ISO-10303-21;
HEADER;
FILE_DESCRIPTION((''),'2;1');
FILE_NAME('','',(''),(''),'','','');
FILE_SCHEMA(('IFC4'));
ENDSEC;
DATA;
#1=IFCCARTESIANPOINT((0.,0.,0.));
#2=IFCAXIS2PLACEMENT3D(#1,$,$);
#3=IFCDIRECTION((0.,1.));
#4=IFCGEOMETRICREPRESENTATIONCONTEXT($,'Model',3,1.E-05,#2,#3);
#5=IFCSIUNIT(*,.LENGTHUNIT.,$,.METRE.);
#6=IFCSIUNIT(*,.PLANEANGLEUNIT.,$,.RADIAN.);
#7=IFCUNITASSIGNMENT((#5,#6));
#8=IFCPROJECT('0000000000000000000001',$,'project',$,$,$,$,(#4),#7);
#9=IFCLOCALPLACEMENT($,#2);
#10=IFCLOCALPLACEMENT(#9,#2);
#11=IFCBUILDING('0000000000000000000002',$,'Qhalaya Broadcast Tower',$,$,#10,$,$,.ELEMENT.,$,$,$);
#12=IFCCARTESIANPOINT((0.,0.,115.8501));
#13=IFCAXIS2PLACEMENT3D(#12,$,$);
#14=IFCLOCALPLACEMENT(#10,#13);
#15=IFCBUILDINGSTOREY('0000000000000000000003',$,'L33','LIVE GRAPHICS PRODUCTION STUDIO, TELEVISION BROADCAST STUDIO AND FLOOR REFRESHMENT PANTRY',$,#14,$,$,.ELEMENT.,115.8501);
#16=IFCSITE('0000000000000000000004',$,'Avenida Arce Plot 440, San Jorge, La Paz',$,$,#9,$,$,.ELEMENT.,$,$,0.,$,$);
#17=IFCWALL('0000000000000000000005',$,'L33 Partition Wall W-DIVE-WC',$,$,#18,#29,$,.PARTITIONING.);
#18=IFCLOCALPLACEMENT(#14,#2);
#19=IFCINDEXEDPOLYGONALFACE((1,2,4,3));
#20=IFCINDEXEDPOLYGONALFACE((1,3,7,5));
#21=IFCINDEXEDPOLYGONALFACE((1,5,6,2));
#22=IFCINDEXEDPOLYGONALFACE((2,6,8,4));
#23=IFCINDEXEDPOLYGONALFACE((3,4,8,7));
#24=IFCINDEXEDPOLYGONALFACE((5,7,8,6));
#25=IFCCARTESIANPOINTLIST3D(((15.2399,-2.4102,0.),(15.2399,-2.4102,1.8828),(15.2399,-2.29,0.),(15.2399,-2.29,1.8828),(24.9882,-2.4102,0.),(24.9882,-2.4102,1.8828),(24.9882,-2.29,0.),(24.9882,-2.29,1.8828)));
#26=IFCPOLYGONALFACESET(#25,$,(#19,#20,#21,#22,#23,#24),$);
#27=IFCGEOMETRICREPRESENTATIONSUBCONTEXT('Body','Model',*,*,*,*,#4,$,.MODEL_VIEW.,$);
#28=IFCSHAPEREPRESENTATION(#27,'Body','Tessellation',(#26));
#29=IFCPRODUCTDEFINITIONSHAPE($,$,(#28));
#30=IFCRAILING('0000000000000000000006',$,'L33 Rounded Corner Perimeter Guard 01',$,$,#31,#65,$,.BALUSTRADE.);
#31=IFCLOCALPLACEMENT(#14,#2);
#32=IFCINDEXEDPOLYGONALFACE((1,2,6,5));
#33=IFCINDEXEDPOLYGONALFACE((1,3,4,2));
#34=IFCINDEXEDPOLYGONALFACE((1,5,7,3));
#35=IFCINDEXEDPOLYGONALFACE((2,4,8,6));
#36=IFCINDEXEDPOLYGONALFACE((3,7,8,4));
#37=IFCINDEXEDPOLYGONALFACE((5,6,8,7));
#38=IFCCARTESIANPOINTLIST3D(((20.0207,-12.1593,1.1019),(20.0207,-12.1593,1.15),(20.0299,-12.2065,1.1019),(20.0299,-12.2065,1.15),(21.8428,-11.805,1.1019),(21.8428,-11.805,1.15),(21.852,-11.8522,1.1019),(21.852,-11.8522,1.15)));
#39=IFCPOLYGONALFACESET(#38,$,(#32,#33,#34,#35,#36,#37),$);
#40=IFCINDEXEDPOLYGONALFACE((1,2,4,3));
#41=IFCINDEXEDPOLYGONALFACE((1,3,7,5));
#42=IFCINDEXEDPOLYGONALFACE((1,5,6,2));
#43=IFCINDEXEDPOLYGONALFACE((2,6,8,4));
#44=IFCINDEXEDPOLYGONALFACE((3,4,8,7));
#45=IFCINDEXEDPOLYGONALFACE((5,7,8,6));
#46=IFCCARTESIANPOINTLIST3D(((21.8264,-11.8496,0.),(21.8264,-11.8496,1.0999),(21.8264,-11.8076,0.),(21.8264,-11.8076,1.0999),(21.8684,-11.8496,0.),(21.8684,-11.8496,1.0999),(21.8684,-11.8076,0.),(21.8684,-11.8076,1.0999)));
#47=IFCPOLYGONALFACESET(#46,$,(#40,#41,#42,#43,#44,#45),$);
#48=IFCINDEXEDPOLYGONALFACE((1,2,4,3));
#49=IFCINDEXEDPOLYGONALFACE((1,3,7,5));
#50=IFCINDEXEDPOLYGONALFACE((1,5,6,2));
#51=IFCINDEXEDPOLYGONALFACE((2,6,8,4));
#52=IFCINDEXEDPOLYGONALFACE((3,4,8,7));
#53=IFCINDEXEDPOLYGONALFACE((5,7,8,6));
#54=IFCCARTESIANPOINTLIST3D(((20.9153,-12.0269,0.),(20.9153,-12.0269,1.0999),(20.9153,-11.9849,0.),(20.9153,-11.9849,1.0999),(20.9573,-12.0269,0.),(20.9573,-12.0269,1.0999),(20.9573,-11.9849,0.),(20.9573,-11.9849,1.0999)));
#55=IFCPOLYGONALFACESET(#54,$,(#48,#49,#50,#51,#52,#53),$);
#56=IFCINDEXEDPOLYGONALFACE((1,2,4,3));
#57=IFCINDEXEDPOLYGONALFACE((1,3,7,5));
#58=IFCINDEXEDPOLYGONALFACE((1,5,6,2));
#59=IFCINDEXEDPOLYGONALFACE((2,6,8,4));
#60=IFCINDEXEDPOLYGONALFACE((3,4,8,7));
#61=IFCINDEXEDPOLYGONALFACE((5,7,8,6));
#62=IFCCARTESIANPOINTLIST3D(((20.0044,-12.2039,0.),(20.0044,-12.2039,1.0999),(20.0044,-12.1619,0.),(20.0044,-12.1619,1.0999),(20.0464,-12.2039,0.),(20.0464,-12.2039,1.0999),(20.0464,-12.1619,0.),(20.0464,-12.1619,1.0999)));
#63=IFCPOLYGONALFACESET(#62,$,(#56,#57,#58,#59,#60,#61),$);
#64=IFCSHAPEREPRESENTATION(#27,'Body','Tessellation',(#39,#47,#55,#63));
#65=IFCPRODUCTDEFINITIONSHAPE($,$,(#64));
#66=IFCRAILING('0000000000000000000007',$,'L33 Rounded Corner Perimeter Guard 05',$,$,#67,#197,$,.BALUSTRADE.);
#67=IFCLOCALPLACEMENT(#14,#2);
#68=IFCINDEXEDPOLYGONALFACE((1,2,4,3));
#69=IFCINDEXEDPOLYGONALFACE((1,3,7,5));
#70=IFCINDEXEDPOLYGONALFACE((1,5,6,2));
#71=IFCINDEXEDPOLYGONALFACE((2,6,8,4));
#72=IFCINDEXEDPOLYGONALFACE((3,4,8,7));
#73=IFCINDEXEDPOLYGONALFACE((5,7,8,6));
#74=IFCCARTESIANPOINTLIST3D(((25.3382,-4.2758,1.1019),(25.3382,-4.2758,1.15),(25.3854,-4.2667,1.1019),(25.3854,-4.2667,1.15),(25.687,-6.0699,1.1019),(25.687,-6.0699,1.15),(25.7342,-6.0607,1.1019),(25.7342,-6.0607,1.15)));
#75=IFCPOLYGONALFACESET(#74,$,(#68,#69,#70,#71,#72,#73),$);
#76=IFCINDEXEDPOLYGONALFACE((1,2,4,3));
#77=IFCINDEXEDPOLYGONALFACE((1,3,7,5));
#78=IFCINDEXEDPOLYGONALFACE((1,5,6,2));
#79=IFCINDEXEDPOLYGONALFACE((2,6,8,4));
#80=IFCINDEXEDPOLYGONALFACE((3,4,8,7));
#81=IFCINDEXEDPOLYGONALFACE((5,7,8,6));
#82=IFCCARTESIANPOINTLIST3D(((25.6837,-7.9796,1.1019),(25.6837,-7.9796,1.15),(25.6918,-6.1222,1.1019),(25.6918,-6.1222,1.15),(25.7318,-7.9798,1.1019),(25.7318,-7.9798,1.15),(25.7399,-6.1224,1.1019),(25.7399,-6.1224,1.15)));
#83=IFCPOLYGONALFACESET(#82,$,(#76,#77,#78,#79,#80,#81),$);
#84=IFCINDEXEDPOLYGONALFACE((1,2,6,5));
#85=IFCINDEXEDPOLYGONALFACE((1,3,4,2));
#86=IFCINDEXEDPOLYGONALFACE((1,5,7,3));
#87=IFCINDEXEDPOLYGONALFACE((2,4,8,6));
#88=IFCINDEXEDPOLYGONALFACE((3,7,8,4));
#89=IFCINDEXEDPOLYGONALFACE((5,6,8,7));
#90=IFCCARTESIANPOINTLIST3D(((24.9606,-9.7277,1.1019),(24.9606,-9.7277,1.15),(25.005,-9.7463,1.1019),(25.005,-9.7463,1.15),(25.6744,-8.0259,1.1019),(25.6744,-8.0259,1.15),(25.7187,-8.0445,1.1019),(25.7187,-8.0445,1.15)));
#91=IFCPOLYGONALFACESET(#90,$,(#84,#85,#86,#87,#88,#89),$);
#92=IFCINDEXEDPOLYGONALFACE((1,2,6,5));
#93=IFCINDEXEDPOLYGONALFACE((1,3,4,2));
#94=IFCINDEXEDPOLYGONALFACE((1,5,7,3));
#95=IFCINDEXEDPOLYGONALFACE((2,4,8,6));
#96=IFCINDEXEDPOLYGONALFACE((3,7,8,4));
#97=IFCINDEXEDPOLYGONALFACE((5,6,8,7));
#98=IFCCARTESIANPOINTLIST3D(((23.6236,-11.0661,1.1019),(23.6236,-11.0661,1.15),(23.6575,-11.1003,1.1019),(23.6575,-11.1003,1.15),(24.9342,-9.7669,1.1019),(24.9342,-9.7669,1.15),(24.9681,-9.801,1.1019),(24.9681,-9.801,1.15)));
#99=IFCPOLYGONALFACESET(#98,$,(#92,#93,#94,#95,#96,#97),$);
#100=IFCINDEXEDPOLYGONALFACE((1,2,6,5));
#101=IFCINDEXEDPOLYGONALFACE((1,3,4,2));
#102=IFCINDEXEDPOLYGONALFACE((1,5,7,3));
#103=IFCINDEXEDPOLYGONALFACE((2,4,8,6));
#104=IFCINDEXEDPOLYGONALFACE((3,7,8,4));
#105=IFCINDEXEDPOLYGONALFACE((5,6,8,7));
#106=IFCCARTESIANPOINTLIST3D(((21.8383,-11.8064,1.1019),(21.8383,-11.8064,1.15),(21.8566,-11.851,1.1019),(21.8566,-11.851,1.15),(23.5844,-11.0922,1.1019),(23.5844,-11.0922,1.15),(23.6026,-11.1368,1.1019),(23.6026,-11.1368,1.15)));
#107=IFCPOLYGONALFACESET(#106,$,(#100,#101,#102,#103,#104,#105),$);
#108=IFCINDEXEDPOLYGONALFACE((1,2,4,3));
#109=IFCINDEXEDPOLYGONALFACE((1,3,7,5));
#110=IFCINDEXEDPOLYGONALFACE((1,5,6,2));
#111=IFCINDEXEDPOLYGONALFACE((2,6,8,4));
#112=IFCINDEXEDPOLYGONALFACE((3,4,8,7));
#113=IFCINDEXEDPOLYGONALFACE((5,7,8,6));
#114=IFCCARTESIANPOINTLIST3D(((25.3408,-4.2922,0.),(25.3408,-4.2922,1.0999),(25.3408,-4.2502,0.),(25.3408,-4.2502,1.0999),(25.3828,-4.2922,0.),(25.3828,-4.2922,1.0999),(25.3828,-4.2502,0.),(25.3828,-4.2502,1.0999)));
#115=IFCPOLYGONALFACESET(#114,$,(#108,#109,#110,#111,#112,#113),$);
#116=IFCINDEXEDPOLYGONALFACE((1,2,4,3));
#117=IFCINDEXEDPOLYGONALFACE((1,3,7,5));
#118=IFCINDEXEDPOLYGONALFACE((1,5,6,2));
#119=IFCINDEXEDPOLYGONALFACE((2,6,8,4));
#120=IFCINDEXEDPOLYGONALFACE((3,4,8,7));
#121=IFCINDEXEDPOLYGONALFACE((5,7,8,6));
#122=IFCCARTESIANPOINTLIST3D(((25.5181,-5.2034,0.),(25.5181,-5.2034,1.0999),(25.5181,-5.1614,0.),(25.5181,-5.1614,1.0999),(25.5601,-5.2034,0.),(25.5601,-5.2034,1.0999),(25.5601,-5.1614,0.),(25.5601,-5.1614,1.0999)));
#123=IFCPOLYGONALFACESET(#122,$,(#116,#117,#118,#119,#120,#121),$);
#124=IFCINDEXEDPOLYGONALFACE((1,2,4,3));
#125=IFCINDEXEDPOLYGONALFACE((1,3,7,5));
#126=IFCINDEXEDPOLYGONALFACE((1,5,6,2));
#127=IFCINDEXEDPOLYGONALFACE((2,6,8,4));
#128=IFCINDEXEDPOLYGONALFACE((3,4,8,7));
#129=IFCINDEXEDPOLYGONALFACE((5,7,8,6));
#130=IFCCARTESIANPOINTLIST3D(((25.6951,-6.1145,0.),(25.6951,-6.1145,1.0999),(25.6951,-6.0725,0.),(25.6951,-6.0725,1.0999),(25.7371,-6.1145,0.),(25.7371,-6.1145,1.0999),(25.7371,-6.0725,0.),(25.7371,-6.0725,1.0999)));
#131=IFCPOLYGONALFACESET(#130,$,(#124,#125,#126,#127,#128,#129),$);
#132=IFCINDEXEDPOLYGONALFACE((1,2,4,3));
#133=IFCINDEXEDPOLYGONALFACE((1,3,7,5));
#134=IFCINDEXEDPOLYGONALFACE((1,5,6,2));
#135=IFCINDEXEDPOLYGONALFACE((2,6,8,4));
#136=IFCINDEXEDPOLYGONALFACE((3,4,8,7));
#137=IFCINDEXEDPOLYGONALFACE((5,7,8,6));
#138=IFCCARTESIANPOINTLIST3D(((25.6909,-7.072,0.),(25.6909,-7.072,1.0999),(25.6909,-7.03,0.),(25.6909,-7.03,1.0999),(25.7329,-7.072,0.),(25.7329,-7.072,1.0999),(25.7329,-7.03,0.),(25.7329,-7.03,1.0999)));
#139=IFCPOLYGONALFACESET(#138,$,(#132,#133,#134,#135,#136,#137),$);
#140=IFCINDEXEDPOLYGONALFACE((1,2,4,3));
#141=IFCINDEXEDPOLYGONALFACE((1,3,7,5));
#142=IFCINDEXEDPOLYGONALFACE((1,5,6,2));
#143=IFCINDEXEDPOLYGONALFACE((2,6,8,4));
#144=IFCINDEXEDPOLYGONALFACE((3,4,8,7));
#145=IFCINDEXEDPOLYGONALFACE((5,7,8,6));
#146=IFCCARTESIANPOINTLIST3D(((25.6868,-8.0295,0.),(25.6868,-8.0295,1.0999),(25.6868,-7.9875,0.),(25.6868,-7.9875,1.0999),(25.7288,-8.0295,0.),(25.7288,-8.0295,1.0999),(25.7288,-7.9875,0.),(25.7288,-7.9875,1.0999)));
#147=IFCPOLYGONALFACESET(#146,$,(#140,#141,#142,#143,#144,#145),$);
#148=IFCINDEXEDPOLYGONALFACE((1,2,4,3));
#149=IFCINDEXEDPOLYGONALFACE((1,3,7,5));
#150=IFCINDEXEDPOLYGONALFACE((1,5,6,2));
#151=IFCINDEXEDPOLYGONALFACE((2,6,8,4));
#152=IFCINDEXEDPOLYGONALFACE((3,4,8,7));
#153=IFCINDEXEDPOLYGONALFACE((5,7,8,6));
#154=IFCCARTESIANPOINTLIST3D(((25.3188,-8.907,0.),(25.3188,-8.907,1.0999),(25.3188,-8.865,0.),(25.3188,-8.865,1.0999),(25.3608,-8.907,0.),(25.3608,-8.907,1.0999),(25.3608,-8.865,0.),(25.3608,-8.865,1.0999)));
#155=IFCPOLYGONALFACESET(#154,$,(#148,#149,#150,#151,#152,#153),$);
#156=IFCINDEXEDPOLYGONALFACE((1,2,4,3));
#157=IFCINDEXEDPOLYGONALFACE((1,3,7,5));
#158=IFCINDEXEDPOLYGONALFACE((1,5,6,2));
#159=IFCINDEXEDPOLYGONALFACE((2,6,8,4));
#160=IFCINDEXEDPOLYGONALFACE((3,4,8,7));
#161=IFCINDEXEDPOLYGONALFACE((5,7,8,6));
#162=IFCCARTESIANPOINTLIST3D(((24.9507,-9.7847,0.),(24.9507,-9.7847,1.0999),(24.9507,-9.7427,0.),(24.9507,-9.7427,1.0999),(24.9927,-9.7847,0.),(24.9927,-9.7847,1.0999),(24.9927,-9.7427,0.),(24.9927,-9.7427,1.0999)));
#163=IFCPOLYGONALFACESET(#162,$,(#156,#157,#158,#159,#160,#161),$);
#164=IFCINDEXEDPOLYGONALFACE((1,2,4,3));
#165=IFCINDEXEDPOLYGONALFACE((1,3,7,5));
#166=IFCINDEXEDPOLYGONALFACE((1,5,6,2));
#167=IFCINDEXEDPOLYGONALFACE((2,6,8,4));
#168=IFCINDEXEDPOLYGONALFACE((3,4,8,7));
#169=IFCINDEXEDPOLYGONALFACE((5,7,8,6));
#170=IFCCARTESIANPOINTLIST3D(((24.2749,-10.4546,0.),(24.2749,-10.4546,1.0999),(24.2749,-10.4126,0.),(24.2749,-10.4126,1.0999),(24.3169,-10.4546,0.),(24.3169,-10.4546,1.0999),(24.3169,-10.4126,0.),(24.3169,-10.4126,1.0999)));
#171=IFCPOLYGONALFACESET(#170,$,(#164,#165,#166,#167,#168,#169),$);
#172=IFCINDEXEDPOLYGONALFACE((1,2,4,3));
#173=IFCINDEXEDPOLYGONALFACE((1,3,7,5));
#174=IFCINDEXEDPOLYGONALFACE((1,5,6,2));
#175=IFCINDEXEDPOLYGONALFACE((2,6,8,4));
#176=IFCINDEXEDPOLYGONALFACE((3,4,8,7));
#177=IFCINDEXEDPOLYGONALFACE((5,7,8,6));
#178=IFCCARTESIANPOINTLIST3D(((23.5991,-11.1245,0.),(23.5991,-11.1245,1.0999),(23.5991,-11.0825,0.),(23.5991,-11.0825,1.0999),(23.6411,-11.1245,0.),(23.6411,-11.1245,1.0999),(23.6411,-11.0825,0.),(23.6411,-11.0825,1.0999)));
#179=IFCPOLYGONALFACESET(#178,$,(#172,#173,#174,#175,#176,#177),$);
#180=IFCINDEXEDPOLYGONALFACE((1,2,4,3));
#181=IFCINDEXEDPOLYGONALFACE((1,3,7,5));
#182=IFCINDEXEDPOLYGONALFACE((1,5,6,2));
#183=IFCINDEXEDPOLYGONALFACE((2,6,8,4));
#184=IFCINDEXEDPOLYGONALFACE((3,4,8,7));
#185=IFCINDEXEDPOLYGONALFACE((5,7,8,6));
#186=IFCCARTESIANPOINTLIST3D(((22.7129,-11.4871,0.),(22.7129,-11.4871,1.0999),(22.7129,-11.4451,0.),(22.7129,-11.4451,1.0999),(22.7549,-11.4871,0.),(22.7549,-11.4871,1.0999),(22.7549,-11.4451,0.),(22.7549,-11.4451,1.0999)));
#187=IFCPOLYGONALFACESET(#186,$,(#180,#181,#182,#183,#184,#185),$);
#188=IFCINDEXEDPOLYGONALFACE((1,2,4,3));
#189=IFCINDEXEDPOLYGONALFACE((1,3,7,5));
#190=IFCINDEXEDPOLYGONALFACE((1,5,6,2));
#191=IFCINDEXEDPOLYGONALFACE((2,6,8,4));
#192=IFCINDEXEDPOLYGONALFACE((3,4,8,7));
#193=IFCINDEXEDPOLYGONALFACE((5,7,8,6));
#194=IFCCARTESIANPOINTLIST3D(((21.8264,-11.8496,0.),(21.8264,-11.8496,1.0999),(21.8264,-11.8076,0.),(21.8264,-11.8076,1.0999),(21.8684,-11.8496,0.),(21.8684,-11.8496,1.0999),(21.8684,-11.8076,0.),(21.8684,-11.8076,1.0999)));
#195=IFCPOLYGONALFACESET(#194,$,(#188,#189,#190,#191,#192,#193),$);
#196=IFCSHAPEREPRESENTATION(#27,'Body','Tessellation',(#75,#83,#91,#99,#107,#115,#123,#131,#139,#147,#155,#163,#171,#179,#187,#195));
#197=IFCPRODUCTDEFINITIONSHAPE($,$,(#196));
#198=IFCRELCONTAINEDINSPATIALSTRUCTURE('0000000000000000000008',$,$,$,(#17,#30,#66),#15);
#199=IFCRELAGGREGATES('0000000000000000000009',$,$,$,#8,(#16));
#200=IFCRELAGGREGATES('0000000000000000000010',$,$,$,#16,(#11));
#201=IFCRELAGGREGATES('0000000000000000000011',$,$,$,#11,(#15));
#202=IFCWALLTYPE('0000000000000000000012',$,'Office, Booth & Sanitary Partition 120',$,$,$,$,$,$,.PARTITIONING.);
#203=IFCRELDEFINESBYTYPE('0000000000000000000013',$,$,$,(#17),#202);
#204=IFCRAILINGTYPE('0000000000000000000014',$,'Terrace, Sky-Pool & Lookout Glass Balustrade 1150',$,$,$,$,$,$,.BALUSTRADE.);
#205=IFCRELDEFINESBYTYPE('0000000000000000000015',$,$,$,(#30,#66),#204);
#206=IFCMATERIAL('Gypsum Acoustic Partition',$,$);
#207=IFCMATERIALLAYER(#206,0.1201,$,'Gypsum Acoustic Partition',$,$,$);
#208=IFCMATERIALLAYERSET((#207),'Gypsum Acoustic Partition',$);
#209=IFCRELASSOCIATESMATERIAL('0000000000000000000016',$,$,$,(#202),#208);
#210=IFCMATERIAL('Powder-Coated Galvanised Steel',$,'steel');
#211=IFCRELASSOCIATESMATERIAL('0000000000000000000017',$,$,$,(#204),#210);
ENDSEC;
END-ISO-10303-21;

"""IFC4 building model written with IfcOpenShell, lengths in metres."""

from ifc_helpers import new_model, si_unit, direction, frame, frame_2d, origin, origin_2d, place, context, subcontext, project, spatial, rectangle, extrude, material, layer, layer_set, type_object, element, save


model = new_model("IFC4")

# Units and contexts
model_context = context("Model", 3, precision=1e-05, world=origin(), true_north=direction((0.0, 1.0)))
body_context = subcontext(model_context, "Body", "Model", "MODEL_VIEW")
ifc_project = project(units=[si_unit("LENGTHUNIT", "METRE"), si_unit("PLANEANGLEUNIT", "RADIAN")], contexts=[model_context])

# Site, building, storey
site_placement = place(None, origin())
site = spatial("IfcSite", under=ifc_project, at=site_placement, Name="Avenida Arce Plot 440, San Jorge, La Paz", CompositionType="ELEMENT", RefElevation=0.0)
building_placement = place(site_placement, origin())
building = spatial("IfcBuilding", under=site, at=building_placement, Name="Qhalaya Broadcast Tower", CompositionType="ELEMENT")
storey_placement = place(building_placement, frame((0.0, 0.0, 115.8501)))
storey = spatial("IfcBuildingStorey", under=building, at=storey_placement, Name="L33", Description="LIVE GRAPHICS PRODUCTION STUDIO, TELEVISION BROADCAST STUDIO AND FLOOR REFRESHMENT PANTRY", CompositionType="ELEMENT", Elevation=115.8501)

# Wall
ifc_material_1 = material(Name="Gypsum Acoustic Partition")
ifc_layer_1 = layer(ifc_material_1, 0.1201, Name="Gypsum Acoustic Partition")
ifc_layer_set_1 = layer_set([ifc_layer_1], Name="Gypsum Acoustic Partition")
wall_type_1 = type_object("IfcWallType", Name="Office, Booth & Sanitary Partition 120", PredefinedType="PARTITIONING", material=ifc_layer_set_1)
wall_1_placement = place(storey_placement, frame((15.24, -2.3501, 0.0), z_axis=(0.0, 0.0, 1.0), x_axis=(1.0, 0.0, 0.0)))
element("IfcWall", 1, at=wall_1_placement, inside=storey, type_object=wall_type_1, Name="L33 Partition Wall W-DIVE-WC", PredefinedType="PARTITIONING", context=body_context, shape_type="SweptSolid", body=[
    extrude(rectangle(XDim=9.7483, YDim=0.1201, at=frame_2d((4.874, 0.0))), origin(), (0.0, 0.0, 1.0), 1.8828),
])

# Railings
ifc_material_2 = material(Name="Powder-Coated Galvanised Steel", Category="steel")
railing_type = type_object("IfcRailingType", Name="Terrace, Sky-Pool & Lookout Glass Balustrade 1150", PredefinedType="BALUSTRADE", material=ifc_material_2)
railing_1_placement = place(storey_placement, frame((21.8474, -11.8286, 0.0)))
element("IfcRailing", 2, at=railing_1_placement, inside=storey, type_object=railing_type, Name="L33 Rounded Corner Perimeter Guard 01", PredefinedType="BALUSTRADE", context=body_context, shape_type="SweptSolid", body=[
    extrude(rectangle(XDim=0.0481, YDim=0.0481, at=origin_2d()), frame((0.0, 0.0, 1.126), z_axis=(-0.981619, -0.190852, 0.0), x_axis=(0.190852, -0.981619, 0.0)), (0.0, 0.0, 1.0), 1.8562),
    extrude(rectangle(XDim=0.042, YDim=0.042, at=origin_2d()), origin(), (0.0, 0.0, 1.0), 1.0999),
    extrude(rectangle(XDim=0.042, YDim=0.042, at=origin_2d()), frame((-0.9111, -0.1772, 0.0)), (0.0, 0.0, 1.0), 1.0999),
    extrude(rectangle(XDim=0.042, YDim=0.042, at=origin_2d()), frame((-1.822, -0.3542, 0.0)), (0.0, 0.0, 1.0), 1.0999),
])
railing_2_placement = place(storey_placement, frame((25.3618, -4.2712, 0.0)))
element("IfcRailing", 3, at=railing_2_placement, inside=storey, type_object=railing_type, Name="L33 Rounded Corner Perimeter Guard 05", PredefinedType="BALUSTRADE", context=body_context, shape_type="SweptSolid", body=[
    extrude(rectangle(XDim=0.0481, YDim=0.0481, at=origin_2d()), frame((0.0, 0.0, 1.126), z_axis=(0.190827, -0.981624, 0.0), x_axis=(0.981624, 0.190827, 0.0)), (0.0, 0.0, 1.0), 1.8276),
    extrude(rectangle(XDim=0.0481, YDim=0.0481, at=origin_2d()), frame((0.354, -1.8511, 1.126), z_axis=(-0.004334, -0.999991, 0.0), x_axis=(0.999991, -0.004334, 0.0)), (0.0, 0.0, 1.0), 1.8574),
    extrude(rectangle(XDim=0.0481, YDim=0.0481, at=origin_2d()), frame((0.3347, -3.7639, 1.126), z_axis=(-0.386755, -0.922183, 0.0), x_axis=(0.922183, -0.386755, 0.0)), (0.0, 0.0, 1.0), 1.8455),
    extrude(rectangle(XDim=0.0481, YDim=0.0481, at=origin_2d()), frame((-0.4106, -5.5127, 1.126), z_axis=(-0.710179, -0.704021, 0.0), x_axis=(0.704021, -0.710179, 0.0)), (0.0, 0.0, 1.0), 1.8455),
    extrude(rectangle(XDim=0.0481, YDim=0.0481, at=origin_2d()), frame((-1.7683, -6.8433, 1.126), z_axis=(-0.925565, -0.378588, 0.0), x_axis=(0.378588, -0.925565, 0.0)), (0.0, 0.0, 1.0), 1.8865),
    extrude(rectangle(XDim=0.042, YDim=0.042, at=origin_2d()), origin(), (0.0, 0.0, 1.0), 1.0999),
    extrude(rectangle(XDim=0.042, YDim=0.042, at=origin_2d()), frame((0.1772, -0.9111, 0.0)), (0.0, 0.0, 1.0), 1.0999),
    extrude(rectangle(XDim=0.042, YDim=0.042, at=origin_2d()), frame((0.3542, -1.8223, 0.0)), (0.0, 0.0, 1.0), 1.0999),
    extrude(rectangle(XDim=0.042, YDim=0.042, at=origin_2d()), frame((0.3501, -2.7798, 0.0)), (0.0, 0.0, 1.0), 1.0999),
    extrude(rectangle(XDim=0.042, YDim=0.042, at=origin_2d()), frame((0.3459, -3.7373, 0.0)), (0.0, 0.0, 1.0), 1.0999),
    extrude(rectangle(XDim=0.042, YDim=0.042, at=origin_2d()), frame((-0.022, -4.6147, 0.0)), (0.0, 0.0, 1.0), 1.0999),
    extrude(rectangle(XDim=0.042, YDim=0.042, at=origin_2d()), frame((-0.3901, -5.4924, 0.0)), (0.0, 0.0, 1.0), 1.0999),
    extrude(rectangle(XDim=0.042, YDim=0.042, at=origin_2d()), frame((-1.0659, -6.1624, 0.0)), (0.0, 0.0, 1.0), 1.0999),
    extrude(rectangle(XDim=0.042, YDim=0.042, at=origin_2d()), frame((-1.7417, -6.8323, 0.0)), (0.0, 0.0, 1.0), 1.0999),
    extrude(rectangle(XDim=0.042, YDim=0.042, at=origin_2d()), frame((-2.6279, -7.1948, 0.0)), (0.0, 0.0, 1.0), 1.0999),
    extrude(rectangle(XDim=0.042, YDim=0.042, at=origin_2d()), frame((-3.5144, -7.5574, 0.0)), (0.0, 0.0, 1.0), 1.0999),
])

save(model, "model.ifc")
